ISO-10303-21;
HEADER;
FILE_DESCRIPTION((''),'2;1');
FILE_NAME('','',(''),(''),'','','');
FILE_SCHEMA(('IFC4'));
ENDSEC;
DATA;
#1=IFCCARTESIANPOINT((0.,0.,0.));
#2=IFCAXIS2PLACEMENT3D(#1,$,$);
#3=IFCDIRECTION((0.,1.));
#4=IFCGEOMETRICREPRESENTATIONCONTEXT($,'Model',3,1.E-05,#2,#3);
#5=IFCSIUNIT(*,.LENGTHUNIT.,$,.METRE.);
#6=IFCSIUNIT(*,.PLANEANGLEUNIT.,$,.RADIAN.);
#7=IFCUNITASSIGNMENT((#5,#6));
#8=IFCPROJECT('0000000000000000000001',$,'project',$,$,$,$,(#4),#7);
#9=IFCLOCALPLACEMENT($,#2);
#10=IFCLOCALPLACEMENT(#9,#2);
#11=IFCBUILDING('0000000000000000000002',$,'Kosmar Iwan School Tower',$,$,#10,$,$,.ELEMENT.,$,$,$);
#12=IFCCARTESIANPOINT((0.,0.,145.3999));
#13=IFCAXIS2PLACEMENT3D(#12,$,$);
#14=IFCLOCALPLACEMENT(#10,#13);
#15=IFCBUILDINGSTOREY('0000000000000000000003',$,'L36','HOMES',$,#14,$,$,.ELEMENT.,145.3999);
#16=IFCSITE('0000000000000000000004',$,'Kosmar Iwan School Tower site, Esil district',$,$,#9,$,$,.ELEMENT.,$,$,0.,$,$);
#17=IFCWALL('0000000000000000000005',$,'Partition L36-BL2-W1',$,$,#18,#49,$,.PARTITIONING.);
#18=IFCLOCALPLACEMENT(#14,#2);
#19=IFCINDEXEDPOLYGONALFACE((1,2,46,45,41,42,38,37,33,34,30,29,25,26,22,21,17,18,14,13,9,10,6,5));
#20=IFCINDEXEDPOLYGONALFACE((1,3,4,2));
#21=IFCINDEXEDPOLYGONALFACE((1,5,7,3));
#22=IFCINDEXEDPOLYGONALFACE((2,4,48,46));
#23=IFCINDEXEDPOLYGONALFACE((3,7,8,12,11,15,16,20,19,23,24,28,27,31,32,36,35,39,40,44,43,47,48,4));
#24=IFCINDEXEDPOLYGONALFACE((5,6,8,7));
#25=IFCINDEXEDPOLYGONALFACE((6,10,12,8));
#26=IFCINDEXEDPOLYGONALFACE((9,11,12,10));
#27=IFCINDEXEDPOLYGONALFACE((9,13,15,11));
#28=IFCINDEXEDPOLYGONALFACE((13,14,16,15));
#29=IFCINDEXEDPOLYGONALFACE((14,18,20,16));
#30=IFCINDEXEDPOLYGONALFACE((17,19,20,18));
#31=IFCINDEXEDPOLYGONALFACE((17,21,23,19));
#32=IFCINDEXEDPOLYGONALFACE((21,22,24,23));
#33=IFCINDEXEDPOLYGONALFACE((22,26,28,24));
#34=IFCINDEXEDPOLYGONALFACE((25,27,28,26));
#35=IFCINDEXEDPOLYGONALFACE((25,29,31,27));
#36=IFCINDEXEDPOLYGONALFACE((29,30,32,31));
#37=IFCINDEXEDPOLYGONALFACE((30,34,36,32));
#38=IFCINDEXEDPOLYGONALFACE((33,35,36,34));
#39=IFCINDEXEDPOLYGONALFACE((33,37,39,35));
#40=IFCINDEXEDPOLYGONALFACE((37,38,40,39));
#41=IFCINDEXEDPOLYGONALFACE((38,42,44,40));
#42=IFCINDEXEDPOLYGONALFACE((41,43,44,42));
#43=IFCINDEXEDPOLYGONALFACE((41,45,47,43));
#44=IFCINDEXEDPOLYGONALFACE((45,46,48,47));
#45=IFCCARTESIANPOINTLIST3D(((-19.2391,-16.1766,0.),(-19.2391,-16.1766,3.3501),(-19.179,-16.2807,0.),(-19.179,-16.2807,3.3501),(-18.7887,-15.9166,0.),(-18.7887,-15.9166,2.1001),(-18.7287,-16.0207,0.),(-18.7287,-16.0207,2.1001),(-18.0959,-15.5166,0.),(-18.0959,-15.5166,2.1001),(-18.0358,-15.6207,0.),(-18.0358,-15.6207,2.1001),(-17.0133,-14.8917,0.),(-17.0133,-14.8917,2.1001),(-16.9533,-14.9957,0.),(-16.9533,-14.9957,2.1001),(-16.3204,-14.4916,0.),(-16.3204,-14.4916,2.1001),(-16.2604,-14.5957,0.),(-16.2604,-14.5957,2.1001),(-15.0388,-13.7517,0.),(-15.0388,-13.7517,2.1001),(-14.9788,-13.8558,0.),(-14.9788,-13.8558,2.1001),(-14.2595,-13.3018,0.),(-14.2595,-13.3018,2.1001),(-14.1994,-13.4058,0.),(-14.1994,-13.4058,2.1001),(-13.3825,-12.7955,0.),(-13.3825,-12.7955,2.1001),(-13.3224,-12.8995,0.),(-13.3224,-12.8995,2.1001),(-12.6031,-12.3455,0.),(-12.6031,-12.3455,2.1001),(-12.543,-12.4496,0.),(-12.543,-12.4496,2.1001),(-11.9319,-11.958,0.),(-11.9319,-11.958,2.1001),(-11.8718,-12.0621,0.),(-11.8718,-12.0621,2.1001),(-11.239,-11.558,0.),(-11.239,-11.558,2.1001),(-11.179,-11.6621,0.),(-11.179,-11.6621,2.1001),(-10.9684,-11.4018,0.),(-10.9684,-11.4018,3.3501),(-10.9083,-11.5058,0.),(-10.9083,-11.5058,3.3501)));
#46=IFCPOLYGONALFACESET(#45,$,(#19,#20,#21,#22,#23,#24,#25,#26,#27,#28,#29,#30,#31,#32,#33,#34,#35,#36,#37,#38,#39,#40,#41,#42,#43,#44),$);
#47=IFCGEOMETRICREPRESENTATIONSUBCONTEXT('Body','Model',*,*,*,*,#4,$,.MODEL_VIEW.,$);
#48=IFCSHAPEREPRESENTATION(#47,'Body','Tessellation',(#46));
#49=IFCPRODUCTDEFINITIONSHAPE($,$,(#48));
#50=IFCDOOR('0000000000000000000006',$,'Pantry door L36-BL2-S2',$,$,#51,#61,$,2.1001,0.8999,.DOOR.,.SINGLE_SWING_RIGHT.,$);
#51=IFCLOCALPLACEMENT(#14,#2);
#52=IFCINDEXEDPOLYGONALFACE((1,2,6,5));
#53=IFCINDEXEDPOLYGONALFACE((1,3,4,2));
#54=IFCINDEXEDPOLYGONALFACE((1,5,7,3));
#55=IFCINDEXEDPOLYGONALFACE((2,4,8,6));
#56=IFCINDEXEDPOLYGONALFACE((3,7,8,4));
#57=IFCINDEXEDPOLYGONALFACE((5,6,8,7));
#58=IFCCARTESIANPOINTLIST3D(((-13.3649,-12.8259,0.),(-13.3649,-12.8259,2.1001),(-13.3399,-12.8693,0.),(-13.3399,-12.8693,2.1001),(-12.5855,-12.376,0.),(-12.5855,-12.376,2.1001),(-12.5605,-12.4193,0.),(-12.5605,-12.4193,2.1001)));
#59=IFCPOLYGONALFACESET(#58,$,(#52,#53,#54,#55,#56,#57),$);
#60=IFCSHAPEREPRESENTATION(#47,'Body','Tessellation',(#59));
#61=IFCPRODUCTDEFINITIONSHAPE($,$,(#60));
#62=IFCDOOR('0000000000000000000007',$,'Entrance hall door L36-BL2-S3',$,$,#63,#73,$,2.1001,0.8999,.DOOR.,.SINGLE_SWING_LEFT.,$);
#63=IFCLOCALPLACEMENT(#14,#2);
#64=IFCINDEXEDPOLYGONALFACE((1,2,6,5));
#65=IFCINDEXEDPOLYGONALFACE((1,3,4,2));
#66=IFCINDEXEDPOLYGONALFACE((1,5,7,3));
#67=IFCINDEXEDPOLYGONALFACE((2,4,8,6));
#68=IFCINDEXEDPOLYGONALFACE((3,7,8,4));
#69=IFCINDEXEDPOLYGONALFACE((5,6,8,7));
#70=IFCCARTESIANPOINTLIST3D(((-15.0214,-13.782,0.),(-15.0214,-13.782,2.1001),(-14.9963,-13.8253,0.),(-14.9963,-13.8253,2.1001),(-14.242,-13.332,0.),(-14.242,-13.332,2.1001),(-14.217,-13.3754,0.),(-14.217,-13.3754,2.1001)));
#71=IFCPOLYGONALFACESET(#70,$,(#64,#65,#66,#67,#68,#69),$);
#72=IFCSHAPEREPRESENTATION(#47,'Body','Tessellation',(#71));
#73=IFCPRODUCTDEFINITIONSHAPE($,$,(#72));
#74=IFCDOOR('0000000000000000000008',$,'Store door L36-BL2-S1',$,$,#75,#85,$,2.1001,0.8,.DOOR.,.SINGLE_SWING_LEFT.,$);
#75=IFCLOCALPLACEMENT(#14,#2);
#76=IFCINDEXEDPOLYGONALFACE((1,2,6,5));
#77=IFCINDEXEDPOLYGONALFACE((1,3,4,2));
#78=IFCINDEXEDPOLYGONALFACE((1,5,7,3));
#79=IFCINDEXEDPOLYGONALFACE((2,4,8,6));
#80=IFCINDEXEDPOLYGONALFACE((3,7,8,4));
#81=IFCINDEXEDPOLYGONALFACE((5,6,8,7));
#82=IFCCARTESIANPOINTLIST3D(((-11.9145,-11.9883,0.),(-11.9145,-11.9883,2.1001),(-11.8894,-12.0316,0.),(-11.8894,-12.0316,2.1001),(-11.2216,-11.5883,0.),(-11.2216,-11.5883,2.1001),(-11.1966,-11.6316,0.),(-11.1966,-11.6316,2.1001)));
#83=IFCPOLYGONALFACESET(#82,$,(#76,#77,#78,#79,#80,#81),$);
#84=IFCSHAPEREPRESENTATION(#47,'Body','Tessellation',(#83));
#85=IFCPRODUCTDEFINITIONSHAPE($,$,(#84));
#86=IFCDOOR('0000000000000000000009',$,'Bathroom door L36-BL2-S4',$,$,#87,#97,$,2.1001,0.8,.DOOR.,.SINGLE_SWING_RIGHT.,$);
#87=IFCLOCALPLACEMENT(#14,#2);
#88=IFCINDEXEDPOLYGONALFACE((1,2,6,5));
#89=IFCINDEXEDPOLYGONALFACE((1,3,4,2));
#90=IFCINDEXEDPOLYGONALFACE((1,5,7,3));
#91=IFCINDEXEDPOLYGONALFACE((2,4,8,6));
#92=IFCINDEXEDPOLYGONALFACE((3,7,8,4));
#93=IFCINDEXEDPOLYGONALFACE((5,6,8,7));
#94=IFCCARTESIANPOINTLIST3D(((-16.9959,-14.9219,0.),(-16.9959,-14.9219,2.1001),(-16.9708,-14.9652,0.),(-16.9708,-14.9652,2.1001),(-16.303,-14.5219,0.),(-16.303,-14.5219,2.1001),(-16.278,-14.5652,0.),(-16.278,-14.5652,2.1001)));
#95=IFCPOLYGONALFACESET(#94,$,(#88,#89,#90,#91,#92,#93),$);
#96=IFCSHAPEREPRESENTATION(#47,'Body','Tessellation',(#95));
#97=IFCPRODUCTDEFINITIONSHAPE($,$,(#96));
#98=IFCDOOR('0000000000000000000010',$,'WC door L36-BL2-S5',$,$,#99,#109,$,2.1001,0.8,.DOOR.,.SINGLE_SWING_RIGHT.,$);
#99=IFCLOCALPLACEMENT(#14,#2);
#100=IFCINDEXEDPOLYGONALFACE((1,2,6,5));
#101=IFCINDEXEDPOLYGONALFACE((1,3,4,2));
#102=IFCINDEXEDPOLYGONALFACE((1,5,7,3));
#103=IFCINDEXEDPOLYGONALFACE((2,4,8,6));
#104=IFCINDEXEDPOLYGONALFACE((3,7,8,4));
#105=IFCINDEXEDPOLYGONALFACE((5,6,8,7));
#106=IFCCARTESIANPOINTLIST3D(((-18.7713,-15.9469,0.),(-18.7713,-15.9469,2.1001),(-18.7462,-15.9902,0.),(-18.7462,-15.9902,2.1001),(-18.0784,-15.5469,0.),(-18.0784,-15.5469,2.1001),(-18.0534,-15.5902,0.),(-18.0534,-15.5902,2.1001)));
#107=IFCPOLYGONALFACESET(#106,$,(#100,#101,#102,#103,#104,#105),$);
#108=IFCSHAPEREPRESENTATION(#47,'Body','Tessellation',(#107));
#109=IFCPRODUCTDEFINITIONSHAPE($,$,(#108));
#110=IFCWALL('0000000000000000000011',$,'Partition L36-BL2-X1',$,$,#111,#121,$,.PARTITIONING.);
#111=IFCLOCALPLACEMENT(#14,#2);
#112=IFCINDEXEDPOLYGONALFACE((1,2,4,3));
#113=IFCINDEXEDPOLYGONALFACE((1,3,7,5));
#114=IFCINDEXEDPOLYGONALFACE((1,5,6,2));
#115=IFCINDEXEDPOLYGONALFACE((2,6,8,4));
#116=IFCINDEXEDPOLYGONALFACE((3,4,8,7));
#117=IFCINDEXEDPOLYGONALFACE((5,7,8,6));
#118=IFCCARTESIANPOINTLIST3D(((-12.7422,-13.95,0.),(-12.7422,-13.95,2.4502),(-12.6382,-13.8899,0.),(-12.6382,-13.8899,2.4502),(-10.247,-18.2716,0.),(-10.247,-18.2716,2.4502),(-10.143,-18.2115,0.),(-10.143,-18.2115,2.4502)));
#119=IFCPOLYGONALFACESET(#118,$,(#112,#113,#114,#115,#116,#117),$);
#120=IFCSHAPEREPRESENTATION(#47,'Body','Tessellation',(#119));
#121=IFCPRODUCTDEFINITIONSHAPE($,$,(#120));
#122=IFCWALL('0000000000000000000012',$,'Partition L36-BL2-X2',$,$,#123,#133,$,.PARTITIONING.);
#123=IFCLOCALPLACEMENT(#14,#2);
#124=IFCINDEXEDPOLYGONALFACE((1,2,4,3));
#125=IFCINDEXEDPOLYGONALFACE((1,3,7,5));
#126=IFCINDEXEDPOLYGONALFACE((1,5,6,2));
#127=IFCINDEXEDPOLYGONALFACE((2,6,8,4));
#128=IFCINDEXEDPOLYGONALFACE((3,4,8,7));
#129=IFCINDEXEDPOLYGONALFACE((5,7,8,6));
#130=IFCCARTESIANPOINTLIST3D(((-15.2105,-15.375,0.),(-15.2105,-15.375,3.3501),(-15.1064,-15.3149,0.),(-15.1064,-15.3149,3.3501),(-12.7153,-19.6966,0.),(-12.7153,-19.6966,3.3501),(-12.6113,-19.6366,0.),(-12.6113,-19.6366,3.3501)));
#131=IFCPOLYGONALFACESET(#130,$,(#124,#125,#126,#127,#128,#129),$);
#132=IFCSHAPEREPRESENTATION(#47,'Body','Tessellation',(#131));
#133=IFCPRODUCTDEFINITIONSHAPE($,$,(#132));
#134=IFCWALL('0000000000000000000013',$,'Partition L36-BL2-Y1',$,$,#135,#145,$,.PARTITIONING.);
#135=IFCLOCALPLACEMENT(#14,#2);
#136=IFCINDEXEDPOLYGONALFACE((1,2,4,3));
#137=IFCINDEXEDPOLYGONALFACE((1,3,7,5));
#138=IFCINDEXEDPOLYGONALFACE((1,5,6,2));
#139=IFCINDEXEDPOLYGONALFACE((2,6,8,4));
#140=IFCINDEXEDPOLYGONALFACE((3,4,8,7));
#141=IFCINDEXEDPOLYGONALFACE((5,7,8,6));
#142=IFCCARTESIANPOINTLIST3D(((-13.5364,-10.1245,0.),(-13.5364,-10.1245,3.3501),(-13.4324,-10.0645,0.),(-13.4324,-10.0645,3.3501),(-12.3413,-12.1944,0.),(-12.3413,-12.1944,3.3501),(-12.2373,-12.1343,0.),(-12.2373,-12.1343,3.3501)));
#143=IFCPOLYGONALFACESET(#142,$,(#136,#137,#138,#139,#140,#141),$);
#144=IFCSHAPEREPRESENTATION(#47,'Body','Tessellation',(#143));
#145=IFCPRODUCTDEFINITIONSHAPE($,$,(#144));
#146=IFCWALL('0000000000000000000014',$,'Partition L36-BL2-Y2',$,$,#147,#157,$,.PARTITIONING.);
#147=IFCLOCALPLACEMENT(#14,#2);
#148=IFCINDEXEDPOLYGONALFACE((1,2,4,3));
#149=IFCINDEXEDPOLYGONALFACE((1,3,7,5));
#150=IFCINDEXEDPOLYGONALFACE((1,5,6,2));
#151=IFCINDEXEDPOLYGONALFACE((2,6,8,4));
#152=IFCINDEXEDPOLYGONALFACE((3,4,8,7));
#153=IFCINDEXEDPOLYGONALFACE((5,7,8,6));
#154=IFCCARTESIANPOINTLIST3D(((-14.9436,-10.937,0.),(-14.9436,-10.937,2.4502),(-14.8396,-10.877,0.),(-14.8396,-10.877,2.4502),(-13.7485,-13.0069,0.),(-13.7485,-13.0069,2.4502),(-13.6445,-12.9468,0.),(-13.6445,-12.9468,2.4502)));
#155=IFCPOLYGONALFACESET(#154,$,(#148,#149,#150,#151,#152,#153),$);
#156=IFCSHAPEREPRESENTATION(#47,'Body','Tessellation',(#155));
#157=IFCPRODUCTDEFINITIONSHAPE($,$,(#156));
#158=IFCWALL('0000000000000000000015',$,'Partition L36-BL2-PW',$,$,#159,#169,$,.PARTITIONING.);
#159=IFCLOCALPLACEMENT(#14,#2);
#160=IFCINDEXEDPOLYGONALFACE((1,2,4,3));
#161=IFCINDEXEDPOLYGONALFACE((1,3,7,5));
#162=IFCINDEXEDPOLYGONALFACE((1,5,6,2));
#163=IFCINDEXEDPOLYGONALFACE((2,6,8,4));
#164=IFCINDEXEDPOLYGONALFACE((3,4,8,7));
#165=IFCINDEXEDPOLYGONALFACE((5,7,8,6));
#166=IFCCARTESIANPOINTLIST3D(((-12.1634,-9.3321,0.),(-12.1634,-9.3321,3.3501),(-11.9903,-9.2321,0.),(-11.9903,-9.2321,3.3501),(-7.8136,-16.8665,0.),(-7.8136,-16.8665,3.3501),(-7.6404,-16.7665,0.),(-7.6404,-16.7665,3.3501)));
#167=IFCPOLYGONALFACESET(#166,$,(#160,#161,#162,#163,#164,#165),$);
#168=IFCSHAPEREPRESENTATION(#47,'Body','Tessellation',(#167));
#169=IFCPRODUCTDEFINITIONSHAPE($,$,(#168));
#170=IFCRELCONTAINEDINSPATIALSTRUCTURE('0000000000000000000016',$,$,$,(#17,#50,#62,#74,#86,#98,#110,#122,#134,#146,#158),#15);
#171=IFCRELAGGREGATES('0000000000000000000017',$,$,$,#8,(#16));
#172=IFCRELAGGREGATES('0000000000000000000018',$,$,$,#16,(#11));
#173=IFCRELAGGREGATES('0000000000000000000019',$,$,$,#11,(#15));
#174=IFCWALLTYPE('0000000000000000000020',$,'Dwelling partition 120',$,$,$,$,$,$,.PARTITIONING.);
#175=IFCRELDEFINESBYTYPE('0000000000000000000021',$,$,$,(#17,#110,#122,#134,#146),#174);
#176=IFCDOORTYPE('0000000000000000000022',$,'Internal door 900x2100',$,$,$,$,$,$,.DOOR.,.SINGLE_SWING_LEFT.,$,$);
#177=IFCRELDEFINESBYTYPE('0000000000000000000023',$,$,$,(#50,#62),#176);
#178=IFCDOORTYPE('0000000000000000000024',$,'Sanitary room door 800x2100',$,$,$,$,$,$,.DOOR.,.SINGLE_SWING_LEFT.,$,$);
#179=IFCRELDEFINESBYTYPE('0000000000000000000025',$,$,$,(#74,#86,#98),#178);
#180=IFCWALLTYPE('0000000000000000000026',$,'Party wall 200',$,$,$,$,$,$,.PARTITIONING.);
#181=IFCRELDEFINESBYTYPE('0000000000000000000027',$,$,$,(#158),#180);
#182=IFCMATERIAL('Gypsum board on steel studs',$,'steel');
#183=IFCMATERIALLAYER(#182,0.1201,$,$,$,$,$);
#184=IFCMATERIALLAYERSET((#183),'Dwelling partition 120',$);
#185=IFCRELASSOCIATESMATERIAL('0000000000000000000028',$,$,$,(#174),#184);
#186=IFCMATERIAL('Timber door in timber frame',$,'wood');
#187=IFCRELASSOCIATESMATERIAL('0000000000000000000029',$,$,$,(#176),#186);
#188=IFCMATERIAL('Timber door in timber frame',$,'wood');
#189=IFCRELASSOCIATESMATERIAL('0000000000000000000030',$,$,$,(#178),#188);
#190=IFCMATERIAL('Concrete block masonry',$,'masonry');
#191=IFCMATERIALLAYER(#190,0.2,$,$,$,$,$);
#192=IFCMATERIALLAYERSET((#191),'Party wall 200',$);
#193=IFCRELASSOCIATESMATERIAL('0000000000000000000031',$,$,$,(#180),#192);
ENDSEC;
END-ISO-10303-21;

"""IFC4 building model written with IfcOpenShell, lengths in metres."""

from ifc_helpers import new_model, si_unit, direction, frame, frame_2d, origin, place, context, subcontext, project, spatial, rectangle, extrude, material, layer, layer_set, type_object, element, fill, save


model = new_model("IFC4")

# Units and contexts
model_context = context("Model", 3, precision=1e-05, world=origin(), true_north=direction((0.0, 1.0)))
body_context = subcontext(model_context, "Body", "Model", "MODEL_VIEW")
ifc_project = project(units=[si_unit("LENGTHUNIT", "METRE"), si_unit("PLANEANGLEUNIT", "RADIAN")], contexts=[model_context])

# Site, building, storey
site_placement = place(None, origin())
site = spatial("IfcSite", under=ifc_project, at=site_placement, Name="Kosmar Iwan School Tower site, Esil district", CompositionType="ELEMENT", RefElevation=0.0)
building_placement = place(site_placement, origin())
building = spatial("IfcBuilding", under=site, at=building_placement, Name="Kosmar Iwan School Tower", CompositionType="ELEMENT")
storey_placement = place(building_placement, frame((0.0, 0.0, 145.3999)))
storey = spatial("IfcBuildingStorey", under=building, at=storey_placement, Name="L36", Description="HOMES", CompositionType="ELEMENT", Elevation=145.3999)

# Wall, openings, doors
ifc_material_1 = material(Name="Gypsum board on steel studs", Category="steel")
ifc_layer_1 = layer(ifc_material_1, 0.1201)
ifc_layer_set_1 = layer_set([ifc_layer_1], Name="Dwelling partition 120")
wall_type_1 = type_object("IfcWallType", Name="Dwelling partition 120", PredefinedType="PARTITIONING", material=ifc_layer_set_1)
wall_1_placement = place(storey_placement, frame((-10.9385, -11.4539, 0.0), z_axis=(0.0, 0.0, 1.0), x_axis=(-0.866035, -0.499983, 0.0)))
wall_1 = element("IfcWall", 1, at=wall_1_placement, inside=storey, type_object=wall_type_1, Name="Partition L36-BL2-W1", PredefinedType="PARTITIONING", context=body_context, shape_type="SweptSolid", body=[
    extrude(rectangle(XDim=9.55, YDim=0.1201, at=frame_2d((4.7749, 0.0))), origin(), (0.0, 0.0, 1.0), 3.3501),
])
opening_1_placement = place(wall_1_placement, frame((0.3125, 0.0, 0.0)))
opening_1 = element("IfcOpeningElement", 2, at=opening_1_placement, cuts=wall_1, PredefinedType="OPENING", context=body_context, shape_type="SweptSolid", body=[
    extrude(rectangle(XDim=0.8, YDim=2.1001, at=frame_2d((0.3999, 1.05))), frame((0.0, 0.072, 0.0), z_axis=(0.0, -1.0, 0.0), x_axis=(1.0, 0.0, 0.0)), (0.0, 0.0, 1.0), 0.144),
])
opening_2_placement = place(wall_1_placement, frame((1.8875, 0.0, 0.0)))
opening_2 = element("IfcOpeningElement", 3, at=opening_2_placement, cuts=wall_1, PredefinedType="OPENING", context=body_context, shape_type="SweptSolid", body=[
    extrude(rectangle(XDim=0.8999, YDim=2.1001, at=frame_2d((0.45, 1.05))), frame((0.0, 0.072, 0.0), z_axis=(0.0, -1.0, 0.0), x_axis=(1.0, 0.0, 0.0)), (0.0, 0.0, 1.0), 0.144),
])
opening_3_placement = place(wall_1_placement, frame((3.8, 0.0, 0.0)))
opening_3 = element("IfcOpeningElement", 4, at=opening_3_placement, cuts=wall_1, PredefinedType="OPENING", context=body_context, shape_type="SweptSolid", body=[
    extrude(rectangle(XDim=0.8999, YDim=2.1001, at=frame_2d((0.45, 1.05))), frame((0.0, 0.072, 0.0), z_axis=(0.0, -1.0, 0.0), x_axis=(1.0, 0.0, 0.0)), (0.0, 0.0, 1.0), 0.144),
])
opening_4_placement = place(wall_1_placement, frame((6.1799, 0.0, 0.0)))
opening_4 = element("IfcOpeningElement", 5, at=opening_4_placement, cuts=wall_1, PredefinedType="OPENING", context=body_context, shape_type="SweptSolid", body=[
    extrude(rectangle(XDim=0.8, YDim=2.1001, at=frame_2d((0.3999, 1.05))), frame((0.0, 0.072, 0.0), z_axis=(0.0, -1.0, 0.0), x_axis=(1.0, 0.0, 0.0)), (0.0, 0.0, 1.0), 0.144),
])
opening_5_placement = place(wall_1_placement, frame((8.23, 0.0, 0.0)))
opening_5 = element("IfcOpeningElement", 6, at=opening_5_placement, cuts=wall_1, PredefinedType="OPENING", context=body_context, shape_type="SweptSolid", body=[
    extrude(rectangle(XDim=0.8, YDim=2.1001, at=frame_2d((0.3999, 1.05))), frame((0.0, 0.072, 0.0), z_axis=(0.0, -1.0, 0.0), x_axis=(1.0, 0.0, 0.0)), (0.0, 0.0, 1.0), 0.144),
])
ifc_material_2 = material(Name="Timber door in timber frame", Category="wood")
door_type_1 = type_object("IfcDoorType", Name="Internal door 900x2100", OperationType="SINGLE_SWING_LEFT", PredefinedType="DOOR", material=ifc_material_2)
door_1_placement = place(opening_2_placement, frame((0.8999, 0.0, 0.0), z_axis=(0.0, 0.0, 1.0), x_axis=(-1.0, 0.0, 0.0)))
door_1 = element("IfcDoor", 7, at=door_1_placement, inside=storey, type_object=door_type_1, Name="Pantry door L36-BL2-S2", OperationType="SINGLE_SWING_RIGHT", OverallHeight=2.1001, OverallWidth=0.8999, PredefinedType="DOOR", context=body_context, shape_type="SweptSolid", body=[
    extrude(rectangle(XDim=0.8999, YDim=2.1001, at=frame_2d((0.45, 1.05))), frame((0.0, 0.0249, 0.0), z_axis=(0.0, -1.0, 0.0), x_axis=(1.0, 0.0, 0.0)), (0.0, 0.0, 1.0), 0.05),
])
fill(opening_2, door_1)
door_2_placement = place(opening_3_placement, origin())
door_2 = element("IfcDoor", 8, at=door_2_placement, inside=storey, type_object=door_type_1, Name="Entrance hall door L36-BL2-S3", OperationType="SINGLE_SWING_LEFT", OverallHeight=2.1001, OverallWidth=0.8999, PredefinedType="DOOR", context=body_context, shape_type="SweptSolid", body=[
    extrude(rectangle(XDim=0.8999, YDim=2.1001, at=frame_2d((0.45, 1.05))), frame((0.0, 0.0249, 0.0), z_axis=(0.0, -1.0, 0.0), x_axis=(1.0, 0.0, 0.0)), (0.0, 0.0, 1.0), 0.05),
])
fill(opening_3, door_2)
ifc_material_3 = material(Name="Timber door in timber frame", Category="wood")
door_type_2 = type_object("IfcDoorType", Name="Sanitary room door 800x2100", OperationType="SINGLE_SWING_LEFT", PredefinedType="DOOR", material=ifc_material_3)
door_3_placement = place(opening_1_placement, origin())
door_3 = element("IfcDoor", 9, at=door_3_placement, inside=storey, type_object=door_type_2, Name="Store door L36-BL2-S1", OperationType="SINGLE_SWING_LEFT", OverallHeight=2.1001, OverallWidth=0.8, PredefinedType="DOOR", context=body_context, shape_type="SweptSolid", body=[
    extrude(rectangle(XDim=0.8, YDim=2.1001, at=frame_2d((0.3999, 1.05))), frame((0.0, 0.0249, 0.0), z_axis=(0.0, -1.0, 0.0), x_axis=(1.0, 0.0, 0.0)), (0.0, 0.0, 1.0), 0.05),
])
fill(opening_1, door_3)
door_4_placement = place(opening_4_placement, origin())
door_4 = element("IfcDoor", 10, at=door_4_placement, inside=storey, type_object=door_type_2, Name="Bathroom door L36-BL2-S4", OperationType="SINGLE_SWING_RIGHT", OverallHeight=2.1001, OverallWidth=0.8, PredefinedType="DOOR", context=body_context, shape_type="SweptSolid", body=[
    extrude(rectangle(XDim=0.8, YDim=2.1001, at=frame_2d((0.3999, 1.05))), frame((0.0, 0.0249, 0.0), z_axis=(0.0, -1.0, 0.0), x_axis=(1.0, 0.0, 0.0)), (0.0, 0.0, 1.0), 0.05),
])
fill(opening_4, door_4)
door_5_placement = place(opening_5_placement, origin())
door_5 = element("IfcDoor", 11, at=door_5_placement, inside=storey, type_object=door_type_2, Name="WC door L36-BL2-S5", OperationType="SINGLE_SWING_RIGHT", OverallHeight=2.1001, OverallWidth=0.8, PredefinedType="DOOR", context=body_context, shape_type="SweptSolid", body=[
    extrude(rectangle(XDim=0.8, YDim=2.1001, at=frame_2d((0.3999, 1.05))), frame((0.0, 0.0249, 0.0), z_axis=(0.0, -1.0, 0.0), x_axis=(1.0, 0.0, 0.0)), (0.0, 0.0, 1.0), 0.05),
])
fill(opening_5, door_5)

# Walls
wall_2_placement = place(storey_placement, frame((-12.6902, -13.9199, 0.0), z_axis=(0.0, 0.0, 1.0), x_axis=(0.500012, -0.866019, 0.0)))
element("IfcWall", 12, at=wall_2_placement, inside=storey, type_object=wall_type_1, Name="Partition L36-BL2-X1", PredefinedType="PARTITIONING", context=body_context, shape_type="SweptSolid", body=[
    extrude(rectangle(XDim=4.9902, YDim=0.1201, at=frame_2d((2.4951, 0.0))), origin(), (0.0, 0.0, 1.0), 2.4502),
])
wall_3_placement = place(storey_placement, frame((-15.1584, -15.345, 0.0), z_axis=(0.0, 0.0, 1.0), x_axis=(0.500012, -0.866019, 0.0)))
element("IfcWall", 13, at=wall_3_placement, inside=storey, type_object=wall_type_1, Name="Partition L36-BL2-X2", PredefinedType="PARTITIONING", context=body_context, shape_type="SweptSolid", body=[
    extrude(rectangle(XDim=4.9902, YDim=0.1201, at=frame_2d((2.4951, 0.0))), origin(), (0.0, 0.0, 1.0), 3.3501),
])
wall_4_placement = place(storey_placement, frame((-13.4844, -10.0945, 0.0), z_axis=(0.0, 0.0, 1.0), x_axis=(0.500017, -0.866015, 0.0)))
element("IfcWall", 14, at=wall_4_placement, inside=storey, type_object=wall_type_1, Name="Partition L36-BL2-Y1", PredefinedType="PARTITIONING", context=body_context, shape_type="SweptSolid", body=[
    extrude(rectangle(XDim=2.3901, YDim=0.1201, at=frame_2d((1.1951, 0.0))), origin(), (0.0, 0.0, 1.0), 3.3501),
])
wall_5_placement = place(storey_placement, frame((-14.8916, -10.907, 0.0), z_axis=(0.0, 0.0, 1.0), x_axis=(0.500017, -0.866015, 0.0)))
element("IfcWall", 15, at=wall_5_placement, inside=storey, type_object=wall_type_1, Name="Partition L36-BL2-Y2", PredefinedType="PARTITIONING", context=body_context, shape_type="SweptSolid", body=[
    extrude(rectangle(XDim=2.3901, YDim=0.1201, at=frame_2d((1.1951, 0.0))), origin(), (0.0, 0.0, 1.0), 2.4502),
])
ifc_material_4 = material(Name="Concrete block masonry", Category="masonry")
ifc_layer_2 = layer(ifc_material_4, 0.2)
ifc_layer_set_2 = layer_set([ifc_layer_2], Name="Party wall 200")
wall_type_2 = type_object("IfcWallType", Name="Party wall 200", PredefinedType="PARTITIONING", material=ifc_layer_set_2)
wall_6_placement = place(storey_placement, frame((-12.0769, -9.282, 0.0), z_axis=(0.0, 0.0, 1.0), x_axis=(0.499987, -0.866033, 0.0)))
element("IfcWall", 16, at=wall_6_placement, inside=storey, type_object=wall_type_2, Name="Partition L36-BL2-PW", PredefinedType="PARTITIONING", context=body_context, shape_type="SweptSolid", body=[
    extrude(rectangle(XDim=8.7, YDim=0.2, at=frame_2d((4.3501, 0.0))), origin(), (0.0, 0.0, 1.0), 3.3501),
])

save(model, "model.ifc")
